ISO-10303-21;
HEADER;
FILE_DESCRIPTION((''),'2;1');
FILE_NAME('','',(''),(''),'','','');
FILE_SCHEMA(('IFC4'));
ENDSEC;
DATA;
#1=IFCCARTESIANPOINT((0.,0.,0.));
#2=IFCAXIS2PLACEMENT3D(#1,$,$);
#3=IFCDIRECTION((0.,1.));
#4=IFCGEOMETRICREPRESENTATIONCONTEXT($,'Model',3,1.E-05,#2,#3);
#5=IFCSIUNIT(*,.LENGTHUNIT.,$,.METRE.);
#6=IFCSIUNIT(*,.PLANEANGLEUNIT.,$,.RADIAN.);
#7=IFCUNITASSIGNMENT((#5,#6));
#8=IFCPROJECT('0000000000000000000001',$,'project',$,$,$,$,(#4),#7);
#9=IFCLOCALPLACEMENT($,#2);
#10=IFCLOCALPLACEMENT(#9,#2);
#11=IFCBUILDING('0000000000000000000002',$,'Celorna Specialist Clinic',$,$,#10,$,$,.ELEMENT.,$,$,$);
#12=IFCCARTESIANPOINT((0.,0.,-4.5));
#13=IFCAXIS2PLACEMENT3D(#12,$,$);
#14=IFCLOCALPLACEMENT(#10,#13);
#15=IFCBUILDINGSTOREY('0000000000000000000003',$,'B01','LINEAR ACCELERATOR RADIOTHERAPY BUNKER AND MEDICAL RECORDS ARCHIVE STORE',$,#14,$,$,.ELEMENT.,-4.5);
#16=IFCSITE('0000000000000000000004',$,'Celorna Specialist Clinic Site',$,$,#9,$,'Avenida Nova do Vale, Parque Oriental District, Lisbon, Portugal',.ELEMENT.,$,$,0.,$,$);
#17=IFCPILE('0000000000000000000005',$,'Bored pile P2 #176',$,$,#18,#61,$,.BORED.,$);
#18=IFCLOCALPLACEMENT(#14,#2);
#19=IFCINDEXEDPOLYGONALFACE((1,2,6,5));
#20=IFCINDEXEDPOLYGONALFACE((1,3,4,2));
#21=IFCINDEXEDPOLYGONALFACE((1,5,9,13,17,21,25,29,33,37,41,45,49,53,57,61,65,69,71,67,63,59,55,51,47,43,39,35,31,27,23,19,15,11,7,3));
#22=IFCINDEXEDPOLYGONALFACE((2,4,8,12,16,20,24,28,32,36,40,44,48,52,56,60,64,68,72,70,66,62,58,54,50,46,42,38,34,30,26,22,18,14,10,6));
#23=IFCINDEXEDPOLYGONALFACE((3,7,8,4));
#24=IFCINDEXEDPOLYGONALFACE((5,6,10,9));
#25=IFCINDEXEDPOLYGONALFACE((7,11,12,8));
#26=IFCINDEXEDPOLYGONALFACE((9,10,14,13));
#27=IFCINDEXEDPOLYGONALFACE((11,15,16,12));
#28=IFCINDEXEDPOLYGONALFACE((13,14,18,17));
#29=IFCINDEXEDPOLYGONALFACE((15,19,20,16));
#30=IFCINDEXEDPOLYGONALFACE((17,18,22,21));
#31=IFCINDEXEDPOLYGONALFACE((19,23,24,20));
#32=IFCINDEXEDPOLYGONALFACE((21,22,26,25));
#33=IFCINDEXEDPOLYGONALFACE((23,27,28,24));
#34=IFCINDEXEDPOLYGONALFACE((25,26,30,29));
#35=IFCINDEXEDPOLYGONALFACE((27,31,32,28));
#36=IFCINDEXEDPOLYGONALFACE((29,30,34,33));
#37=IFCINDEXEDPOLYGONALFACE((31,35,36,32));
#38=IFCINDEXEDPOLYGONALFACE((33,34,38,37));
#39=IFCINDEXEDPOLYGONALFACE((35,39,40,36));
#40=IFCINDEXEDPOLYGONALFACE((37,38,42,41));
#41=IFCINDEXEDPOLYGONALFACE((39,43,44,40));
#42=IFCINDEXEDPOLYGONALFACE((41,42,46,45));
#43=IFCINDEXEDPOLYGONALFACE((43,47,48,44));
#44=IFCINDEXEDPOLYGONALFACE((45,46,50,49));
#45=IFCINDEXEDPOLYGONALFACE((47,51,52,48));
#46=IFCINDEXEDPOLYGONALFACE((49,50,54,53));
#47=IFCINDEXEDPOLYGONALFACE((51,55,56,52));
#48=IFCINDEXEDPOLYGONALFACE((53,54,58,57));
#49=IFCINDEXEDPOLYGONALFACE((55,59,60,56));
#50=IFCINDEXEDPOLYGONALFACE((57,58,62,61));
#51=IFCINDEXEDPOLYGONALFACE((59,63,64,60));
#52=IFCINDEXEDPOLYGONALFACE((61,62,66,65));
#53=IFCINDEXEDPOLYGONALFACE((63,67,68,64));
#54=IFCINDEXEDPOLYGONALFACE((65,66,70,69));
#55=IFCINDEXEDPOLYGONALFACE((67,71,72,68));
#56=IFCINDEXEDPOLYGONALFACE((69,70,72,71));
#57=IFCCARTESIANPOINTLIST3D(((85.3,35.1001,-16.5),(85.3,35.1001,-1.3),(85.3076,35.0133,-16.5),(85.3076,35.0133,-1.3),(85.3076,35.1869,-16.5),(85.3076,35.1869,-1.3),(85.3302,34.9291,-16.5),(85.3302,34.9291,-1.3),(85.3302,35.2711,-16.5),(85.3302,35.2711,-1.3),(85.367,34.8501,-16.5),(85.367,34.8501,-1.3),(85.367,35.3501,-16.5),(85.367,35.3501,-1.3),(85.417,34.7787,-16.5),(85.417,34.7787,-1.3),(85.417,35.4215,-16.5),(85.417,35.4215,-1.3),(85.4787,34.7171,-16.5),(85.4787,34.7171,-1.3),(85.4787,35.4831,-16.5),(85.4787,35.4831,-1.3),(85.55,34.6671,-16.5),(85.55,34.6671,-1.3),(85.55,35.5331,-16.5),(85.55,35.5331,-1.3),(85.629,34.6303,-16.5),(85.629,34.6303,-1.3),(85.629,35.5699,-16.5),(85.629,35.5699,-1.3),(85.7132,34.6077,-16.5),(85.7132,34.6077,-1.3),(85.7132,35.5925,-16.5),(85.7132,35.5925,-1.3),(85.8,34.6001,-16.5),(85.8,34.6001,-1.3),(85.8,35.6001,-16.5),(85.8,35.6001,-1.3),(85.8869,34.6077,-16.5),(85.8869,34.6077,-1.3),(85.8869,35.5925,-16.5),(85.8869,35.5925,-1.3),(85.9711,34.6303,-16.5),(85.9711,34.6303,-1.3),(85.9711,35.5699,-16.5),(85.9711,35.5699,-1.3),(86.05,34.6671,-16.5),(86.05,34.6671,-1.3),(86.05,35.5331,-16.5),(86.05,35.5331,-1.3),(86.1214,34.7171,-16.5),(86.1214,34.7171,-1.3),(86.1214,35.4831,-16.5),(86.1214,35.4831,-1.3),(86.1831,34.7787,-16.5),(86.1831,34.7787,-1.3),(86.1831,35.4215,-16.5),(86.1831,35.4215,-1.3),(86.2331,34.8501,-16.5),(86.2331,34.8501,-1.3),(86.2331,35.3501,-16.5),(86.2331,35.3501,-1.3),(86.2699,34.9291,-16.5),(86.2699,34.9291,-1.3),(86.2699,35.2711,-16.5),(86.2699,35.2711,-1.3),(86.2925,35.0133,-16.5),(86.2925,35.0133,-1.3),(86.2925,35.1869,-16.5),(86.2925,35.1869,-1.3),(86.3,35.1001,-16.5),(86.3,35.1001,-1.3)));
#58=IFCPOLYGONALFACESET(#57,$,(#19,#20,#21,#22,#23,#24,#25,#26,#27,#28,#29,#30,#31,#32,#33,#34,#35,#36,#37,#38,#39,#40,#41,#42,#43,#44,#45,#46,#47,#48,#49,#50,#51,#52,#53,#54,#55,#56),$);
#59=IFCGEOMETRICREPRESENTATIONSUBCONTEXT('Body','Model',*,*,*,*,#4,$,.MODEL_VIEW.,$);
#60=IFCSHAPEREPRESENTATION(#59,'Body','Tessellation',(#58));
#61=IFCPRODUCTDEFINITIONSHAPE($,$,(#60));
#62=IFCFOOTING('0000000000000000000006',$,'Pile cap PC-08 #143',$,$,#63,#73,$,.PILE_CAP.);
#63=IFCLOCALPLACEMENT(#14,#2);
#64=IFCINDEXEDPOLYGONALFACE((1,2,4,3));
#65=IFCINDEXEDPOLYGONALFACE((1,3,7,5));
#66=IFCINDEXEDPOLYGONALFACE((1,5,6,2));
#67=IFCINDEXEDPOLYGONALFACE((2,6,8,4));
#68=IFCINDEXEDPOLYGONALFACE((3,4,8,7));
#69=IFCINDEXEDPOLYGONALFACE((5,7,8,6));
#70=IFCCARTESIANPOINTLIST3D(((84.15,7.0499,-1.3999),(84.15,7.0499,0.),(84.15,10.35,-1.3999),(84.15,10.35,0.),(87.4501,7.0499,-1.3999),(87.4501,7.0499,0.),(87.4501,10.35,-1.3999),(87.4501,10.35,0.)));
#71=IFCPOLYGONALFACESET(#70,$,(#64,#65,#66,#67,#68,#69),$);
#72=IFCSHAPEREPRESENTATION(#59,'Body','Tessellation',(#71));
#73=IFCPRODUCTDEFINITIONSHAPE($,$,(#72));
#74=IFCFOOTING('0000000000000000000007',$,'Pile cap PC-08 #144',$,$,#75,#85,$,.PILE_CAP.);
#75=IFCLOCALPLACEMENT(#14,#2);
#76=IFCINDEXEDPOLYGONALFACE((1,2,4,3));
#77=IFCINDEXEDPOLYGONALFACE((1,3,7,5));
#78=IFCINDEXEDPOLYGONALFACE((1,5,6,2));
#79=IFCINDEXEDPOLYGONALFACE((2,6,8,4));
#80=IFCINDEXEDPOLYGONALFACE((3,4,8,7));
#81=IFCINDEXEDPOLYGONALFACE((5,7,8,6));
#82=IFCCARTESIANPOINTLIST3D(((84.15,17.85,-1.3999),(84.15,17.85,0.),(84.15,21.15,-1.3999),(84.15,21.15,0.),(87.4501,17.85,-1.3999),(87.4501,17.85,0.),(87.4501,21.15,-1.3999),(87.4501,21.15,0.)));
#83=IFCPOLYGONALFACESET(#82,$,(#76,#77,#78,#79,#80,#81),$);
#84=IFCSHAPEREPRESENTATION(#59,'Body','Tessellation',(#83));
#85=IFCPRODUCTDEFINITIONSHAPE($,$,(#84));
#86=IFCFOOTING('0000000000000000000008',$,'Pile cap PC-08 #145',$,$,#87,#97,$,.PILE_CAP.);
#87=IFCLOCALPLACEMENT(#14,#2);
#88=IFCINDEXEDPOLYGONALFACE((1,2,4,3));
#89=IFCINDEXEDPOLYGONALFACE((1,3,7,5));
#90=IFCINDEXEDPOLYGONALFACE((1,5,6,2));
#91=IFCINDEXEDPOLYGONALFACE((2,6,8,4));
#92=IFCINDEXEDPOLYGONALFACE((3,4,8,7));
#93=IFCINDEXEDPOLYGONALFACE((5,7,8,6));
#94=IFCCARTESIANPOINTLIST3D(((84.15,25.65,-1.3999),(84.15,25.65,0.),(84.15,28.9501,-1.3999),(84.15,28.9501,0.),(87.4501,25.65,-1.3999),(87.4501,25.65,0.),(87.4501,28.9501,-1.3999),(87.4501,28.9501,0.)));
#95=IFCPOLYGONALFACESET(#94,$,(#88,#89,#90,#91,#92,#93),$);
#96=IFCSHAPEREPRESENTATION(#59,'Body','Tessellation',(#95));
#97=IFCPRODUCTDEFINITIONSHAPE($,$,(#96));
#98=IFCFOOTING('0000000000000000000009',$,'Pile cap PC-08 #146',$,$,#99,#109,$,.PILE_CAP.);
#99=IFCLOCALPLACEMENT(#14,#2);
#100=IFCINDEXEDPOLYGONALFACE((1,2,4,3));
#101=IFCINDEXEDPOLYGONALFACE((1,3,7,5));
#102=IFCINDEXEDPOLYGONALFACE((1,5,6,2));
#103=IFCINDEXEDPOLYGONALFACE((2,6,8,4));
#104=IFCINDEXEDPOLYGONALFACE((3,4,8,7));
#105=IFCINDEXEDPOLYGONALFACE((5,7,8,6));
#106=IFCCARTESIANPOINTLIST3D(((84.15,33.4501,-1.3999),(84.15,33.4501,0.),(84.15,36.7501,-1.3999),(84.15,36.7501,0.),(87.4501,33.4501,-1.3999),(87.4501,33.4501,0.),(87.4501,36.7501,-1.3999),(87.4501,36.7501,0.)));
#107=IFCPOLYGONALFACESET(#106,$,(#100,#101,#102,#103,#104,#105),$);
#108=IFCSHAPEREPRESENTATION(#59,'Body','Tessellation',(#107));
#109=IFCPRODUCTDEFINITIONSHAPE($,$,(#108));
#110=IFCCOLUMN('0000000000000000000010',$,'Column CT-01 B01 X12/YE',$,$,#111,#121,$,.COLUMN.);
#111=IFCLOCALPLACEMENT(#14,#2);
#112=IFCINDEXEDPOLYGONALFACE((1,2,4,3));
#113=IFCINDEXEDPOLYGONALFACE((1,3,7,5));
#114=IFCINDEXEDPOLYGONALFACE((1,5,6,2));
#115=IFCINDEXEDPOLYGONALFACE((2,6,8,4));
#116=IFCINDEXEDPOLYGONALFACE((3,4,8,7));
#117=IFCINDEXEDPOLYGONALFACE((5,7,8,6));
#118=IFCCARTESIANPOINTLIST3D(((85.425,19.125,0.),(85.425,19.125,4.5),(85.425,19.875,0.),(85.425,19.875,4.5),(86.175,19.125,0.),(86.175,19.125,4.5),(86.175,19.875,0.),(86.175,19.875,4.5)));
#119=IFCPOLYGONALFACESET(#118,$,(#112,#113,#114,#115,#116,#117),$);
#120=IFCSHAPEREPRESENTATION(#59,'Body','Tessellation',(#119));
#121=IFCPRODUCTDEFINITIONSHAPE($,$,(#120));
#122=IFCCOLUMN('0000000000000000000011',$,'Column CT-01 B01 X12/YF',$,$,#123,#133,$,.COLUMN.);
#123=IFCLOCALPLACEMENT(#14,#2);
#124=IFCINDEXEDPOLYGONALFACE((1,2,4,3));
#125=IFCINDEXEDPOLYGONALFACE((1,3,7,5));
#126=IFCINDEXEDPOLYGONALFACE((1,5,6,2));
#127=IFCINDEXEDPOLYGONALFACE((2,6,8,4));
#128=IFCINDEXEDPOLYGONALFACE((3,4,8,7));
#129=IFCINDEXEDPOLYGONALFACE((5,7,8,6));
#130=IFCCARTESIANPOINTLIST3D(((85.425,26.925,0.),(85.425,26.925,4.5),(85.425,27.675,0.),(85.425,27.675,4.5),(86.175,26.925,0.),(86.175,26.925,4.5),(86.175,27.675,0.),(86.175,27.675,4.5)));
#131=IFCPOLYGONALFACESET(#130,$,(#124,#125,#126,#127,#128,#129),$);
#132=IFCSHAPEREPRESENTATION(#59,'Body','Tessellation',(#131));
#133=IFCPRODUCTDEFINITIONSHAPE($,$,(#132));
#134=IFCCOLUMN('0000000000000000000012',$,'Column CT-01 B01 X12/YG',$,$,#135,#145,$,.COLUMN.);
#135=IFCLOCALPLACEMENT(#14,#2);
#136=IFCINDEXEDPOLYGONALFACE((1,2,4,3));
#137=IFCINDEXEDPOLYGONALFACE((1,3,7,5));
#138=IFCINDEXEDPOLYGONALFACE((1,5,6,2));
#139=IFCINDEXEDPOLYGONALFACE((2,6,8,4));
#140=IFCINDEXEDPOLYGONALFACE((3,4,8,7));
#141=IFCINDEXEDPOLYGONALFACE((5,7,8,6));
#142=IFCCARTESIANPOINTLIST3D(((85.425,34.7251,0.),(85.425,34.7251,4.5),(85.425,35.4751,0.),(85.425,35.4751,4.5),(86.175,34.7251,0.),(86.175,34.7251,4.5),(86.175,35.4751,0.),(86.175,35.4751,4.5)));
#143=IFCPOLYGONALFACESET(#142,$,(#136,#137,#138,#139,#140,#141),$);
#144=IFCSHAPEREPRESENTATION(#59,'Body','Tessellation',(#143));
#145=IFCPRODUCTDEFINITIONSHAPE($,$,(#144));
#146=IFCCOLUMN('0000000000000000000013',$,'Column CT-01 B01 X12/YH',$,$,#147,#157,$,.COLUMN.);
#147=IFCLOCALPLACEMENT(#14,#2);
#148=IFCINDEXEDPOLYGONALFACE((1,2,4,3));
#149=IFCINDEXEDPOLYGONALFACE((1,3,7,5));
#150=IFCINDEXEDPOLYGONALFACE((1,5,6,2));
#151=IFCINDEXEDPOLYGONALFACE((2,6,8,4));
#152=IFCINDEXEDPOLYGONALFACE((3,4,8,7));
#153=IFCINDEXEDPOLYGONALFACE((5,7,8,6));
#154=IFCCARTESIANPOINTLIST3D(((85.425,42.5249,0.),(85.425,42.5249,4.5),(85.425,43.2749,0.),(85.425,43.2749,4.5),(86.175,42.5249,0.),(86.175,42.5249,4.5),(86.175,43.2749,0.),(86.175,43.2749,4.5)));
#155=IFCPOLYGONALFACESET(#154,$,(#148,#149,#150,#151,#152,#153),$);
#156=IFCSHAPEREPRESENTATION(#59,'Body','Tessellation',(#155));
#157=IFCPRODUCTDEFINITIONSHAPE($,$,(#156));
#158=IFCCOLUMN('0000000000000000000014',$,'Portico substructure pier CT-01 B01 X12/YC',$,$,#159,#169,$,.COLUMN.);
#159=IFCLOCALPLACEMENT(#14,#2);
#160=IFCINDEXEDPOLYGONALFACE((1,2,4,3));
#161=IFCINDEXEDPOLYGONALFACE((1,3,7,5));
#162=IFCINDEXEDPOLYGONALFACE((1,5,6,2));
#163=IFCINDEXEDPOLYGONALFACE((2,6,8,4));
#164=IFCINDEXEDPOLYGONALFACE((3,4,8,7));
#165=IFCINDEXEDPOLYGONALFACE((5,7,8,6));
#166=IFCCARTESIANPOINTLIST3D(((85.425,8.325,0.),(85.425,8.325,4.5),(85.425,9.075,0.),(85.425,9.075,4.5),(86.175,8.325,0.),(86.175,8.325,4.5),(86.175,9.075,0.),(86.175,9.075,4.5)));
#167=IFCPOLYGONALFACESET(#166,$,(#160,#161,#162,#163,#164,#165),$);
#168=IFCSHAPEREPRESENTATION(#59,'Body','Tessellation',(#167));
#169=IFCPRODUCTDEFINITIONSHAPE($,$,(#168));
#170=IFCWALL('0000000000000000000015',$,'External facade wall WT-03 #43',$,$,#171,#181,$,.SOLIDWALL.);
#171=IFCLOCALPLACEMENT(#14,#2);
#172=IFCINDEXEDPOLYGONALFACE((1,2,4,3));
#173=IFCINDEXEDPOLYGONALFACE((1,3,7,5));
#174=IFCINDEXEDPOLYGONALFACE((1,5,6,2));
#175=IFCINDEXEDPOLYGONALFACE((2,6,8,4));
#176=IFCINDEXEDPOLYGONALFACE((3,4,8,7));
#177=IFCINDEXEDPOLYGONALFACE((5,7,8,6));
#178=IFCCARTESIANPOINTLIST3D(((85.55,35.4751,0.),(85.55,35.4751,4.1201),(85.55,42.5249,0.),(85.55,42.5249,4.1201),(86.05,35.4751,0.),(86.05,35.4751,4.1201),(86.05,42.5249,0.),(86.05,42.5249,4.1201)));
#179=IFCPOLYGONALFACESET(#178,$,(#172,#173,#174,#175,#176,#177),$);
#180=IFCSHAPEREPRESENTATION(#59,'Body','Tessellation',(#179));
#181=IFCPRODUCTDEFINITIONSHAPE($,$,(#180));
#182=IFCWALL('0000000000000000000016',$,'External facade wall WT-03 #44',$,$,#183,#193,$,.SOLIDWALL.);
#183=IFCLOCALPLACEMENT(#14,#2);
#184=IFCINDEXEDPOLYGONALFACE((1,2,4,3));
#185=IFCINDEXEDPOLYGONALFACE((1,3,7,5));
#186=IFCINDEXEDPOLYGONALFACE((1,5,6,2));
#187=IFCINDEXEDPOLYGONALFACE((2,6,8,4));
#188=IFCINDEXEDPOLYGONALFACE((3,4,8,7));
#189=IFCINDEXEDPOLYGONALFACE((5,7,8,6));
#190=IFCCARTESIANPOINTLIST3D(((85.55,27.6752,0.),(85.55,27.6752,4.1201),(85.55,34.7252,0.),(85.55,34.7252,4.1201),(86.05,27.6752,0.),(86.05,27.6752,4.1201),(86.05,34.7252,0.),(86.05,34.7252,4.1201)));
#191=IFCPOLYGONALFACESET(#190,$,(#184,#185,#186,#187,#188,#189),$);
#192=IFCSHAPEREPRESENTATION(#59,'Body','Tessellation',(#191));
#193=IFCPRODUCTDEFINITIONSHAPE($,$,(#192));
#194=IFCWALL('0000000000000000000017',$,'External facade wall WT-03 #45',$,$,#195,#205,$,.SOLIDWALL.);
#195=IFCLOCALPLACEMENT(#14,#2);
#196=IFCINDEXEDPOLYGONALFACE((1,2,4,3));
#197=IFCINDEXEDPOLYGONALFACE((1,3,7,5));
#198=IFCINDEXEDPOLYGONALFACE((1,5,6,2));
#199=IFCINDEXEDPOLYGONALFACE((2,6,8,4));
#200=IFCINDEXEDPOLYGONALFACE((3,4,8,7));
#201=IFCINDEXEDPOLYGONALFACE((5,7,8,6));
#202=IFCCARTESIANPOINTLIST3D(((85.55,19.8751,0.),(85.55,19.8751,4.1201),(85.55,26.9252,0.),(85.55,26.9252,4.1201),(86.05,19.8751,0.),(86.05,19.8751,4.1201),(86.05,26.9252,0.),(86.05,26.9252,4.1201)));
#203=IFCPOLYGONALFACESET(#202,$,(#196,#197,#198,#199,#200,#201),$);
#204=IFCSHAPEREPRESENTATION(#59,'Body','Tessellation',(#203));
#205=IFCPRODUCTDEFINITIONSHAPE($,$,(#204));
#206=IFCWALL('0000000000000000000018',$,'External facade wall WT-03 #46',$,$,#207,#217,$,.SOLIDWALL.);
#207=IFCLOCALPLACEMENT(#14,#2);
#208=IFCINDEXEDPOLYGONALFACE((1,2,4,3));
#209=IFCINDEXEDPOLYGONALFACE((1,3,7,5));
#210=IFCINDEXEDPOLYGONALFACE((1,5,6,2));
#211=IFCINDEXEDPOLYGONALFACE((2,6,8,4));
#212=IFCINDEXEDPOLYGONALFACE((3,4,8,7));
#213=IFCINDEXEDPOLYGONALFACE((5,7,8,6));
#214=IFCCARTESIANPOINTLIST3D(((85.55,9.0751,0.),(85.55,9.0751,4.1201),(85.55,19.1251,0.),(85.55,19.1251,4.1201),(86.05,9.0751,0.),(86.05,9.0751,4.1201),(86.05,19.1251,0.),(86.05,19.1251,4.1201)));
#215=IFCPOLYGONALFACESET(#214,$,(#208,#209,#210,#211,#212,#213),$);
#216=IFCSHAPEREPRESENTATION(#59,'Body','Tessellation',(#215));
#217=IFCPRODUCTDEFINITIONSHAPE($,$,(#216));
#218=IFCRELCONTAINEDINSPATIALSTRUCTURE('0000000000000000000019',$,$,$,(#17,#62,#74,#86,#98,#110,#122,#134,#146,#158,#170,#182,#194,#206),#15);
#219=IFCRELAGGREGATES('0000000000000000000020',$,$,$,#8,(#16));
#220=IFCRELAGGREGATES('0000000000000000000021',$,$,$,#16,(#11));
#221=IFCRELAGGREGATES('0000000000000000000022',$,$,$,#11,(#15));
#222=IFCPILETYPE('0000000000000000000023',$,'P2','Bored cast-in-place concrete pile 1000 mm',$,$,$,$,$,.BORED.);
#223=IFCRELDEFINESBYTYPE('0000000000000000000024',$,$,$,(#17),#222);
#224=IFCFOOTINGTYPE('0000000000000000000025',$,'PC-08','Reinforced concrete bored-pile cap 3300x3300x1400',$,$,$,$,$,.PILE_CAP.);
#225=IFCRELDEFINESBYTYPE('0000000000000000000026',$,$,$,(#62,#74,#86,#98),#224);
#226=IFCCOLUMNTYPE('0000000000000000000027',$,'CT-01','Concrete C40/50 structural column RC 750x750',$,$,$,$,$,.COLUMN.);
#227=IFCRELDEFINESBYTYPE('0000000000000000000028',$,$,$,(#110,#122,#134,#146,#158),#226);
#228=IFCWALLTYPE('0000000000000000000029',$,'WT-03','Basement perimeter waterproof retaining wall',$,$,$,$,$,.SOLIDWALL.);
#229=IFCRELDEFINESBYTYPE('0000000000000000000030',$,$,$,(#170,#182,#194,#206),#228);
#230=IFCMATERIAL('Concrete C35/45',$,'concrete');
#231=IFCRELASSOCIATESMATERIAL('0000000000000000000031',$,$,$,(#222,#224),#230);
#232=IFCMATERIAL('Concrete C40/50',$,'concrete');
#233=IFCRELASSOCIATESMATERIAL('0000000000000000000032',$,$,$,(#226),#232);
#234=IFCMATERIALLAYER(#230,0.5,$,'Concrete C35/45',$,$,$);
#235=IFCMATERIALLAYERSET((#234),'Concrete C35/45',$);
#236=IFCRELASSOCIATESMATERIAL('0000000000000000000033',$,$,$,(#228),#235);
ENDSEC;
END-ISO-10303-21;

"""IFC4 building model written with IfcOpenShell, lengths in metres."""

from ifc_helpers import new_model, si_unit, direction, frame, frame_2d, origin, origin_2d, place, context, subcontext, project, spatial, rectangle, circle, extrude, material, layer, layer_set, material_profile, profile_set, type_object, element, save


model = new_model("IFC4")

# Units and contexts
model_context = context("Model", 3, precision=1e-05, world=origin(), true_north=direction((0.0, 1.0)))
body_context = subcontext(model_context, "Body", "Model", "MODEL_VIEW")
ifc_project = project(units=[si_unit("LENGTHUNIT", "METRE"), si_unit("PLANEANGLEUNIT", "RADIAN")], contexts=[model_context])

# Site, building, storey
site_placement = place(None, origin())
site = spatial("IfcSite", under=ifc_project, at=site_placement, Name="Celorna Specialist Clinic Site", LongName="Avenida Nova do Vale, Parque Oriental District, Lisbon, Portugal", CompositionType="ELEMENT", RefElevation=0.0)
building_placement = place(site_placement, origin())
building = spatial("IfcBuilding", under=site, at=building_placement, Name="Celorna Specialist Clinic", CompositionType="ELEMENT")
storey_placement = place(building_placement, frame((0.0, 0.0, -4.5)))
storey = spatial("IfcBuildingStorey", under=building, at=storey_placement, Name="B01", Description="LINEAR ACCELERATOR RADIOTHERAPY BUNKER AND MEDICAL RECORDS ARCHIVE STORE", CompositionType="ELEMENT", Elevation=-4.5)

# Shared definitions
ifc_material_1 = material(Name="Concrete C35/45", Category="concrete")

# Pile
ifc_material_profile_1 = material_profile(ifc_material_1, circle(Radius=0.5, at=origin_2d()), Name="BORED PILE 1000")
ifc_profile_set_1 = profile_set([ifc_material_profile_1], Name="Concrete C35/45")
pile_type = type_object("IfcPileType", Name="P2", Description="Bored cast-in-place concrete pile 1000 mm", PredefinedType="BORED", material=ifc_profile_set_1)
for number, where, z_axis, x_axis, name in (
    (1, (85.8, 35.1001, -1.3), (0.0, 0.0, -1.0), (1.0, 0.0, 0.0), "Bored pile P2 #176"),
):
    element("IfcPile", number, at=place(storey_placement, frame(where, z_axis=z_axis, x_axis=x_axis)), inside=storey, type_object=pile_type, Name=name, PredefinedType="BORED", context=body_context, shape_type="SweptSolid", body=[
        extrude(circle(Radius=0.5, at=origin_2d()), origin(), (0.0, 0.0, 1.0), 15.2),
    ])

# Footings
footing_type_1 = type_object("IfcFootingType", Name="PC-08", Description="Reinforced concrete bored-pile cap 3300x3300x1400", PredefinedType="PILE_CAP", material=ifc_material_1)
for number, where, z_axis, x_axis, name in (
    (2, (85.8, 8.7, -1.3999), (0.0, 0.0, 1.0), (1.0, 0.0, 0.0), "Pile cap PC-08 #143"),
    (3, (85.8, 19.5, -1.3999), (0.0, 0.0, 1.0), (1.0, 0.0, 0.0), "Pile cap PC-08 #144"),
    (4, (85.8, 27.3, -1.3999), (0.0, 0.0, 1.0), (1.0, 0.0, 0.0), "Pile cap PC-08 #145"),
    (5, (85.8, 35.1001, -1.3999), (0.0, 0.0, 1.0), (1.0, 0.0, 0.0), "Pile cap PC-08 #146"),
):
    element("IfcFooting", number, at=place(storey_placement, frame(where, z_axis=z_axis, x_axis=x_axis)), inside=storey, type_object=footing_type_1, Name=name, PredefinedType="PILE_CAP", context=body_context, shape_type="SweptSolid", body=[
        extrude(rectangle(XDim=3.3, YDim=3.3, at=origin_2d()), origin(), (0.0, 0.0, 1.0), 1.3999),
    ])

# Columns
ifc_material_2 = material(Name="Concrete C40/50", Category="concrete")
ifc_material_profile_2 = material_profile(ifc_material_2, rectangle(XDim=0.75, YDim=0.75, at=origin_2d()), Name="RC 750x750")
ifc_profile_set_2 = profile_set([ifc_material_profile_2], Name="Concrete C40/50")
column_type = type_object("IfcColumnType", Name="CT-01", Description="Concrete C40/50 structural column RC 750x750", PredefinedType="COLUMN", material=ifc_profile_set_2)
for number, where, z_axis, x_axis, name in (
    (6, (85.8, 19.5, 0.0), (0.0, 0.0, 1.0), (1.0, 0.0, 0.0), "Column CT-01 B01 X12/YE"),
    (7, (85.8, 27.3, 0.0), (0.0, 0.0, 1.0), (1.0, 0.0, 0.0), "Column CT-01 B01 X12/YF"),
    (8, (85.8, 35.1001, 0.0), (0.0, 0.0, 1.0), (1.0, 0.0, 0.0), "Column CT-01 B01 X12/YG"),
    (9, (85.8, 42.8999, 0.0), (0.0, 0.0, 1.0), (1.0, 0.0, 0.0), "Column CT-01 B01 X12/YH"),
    (10, (85.8, 8.7, 0.0), (0.0, 0.0, 1.0), (1.0, 0.0, 0.0), "Portico substructure pier CT-01 B01 X12/YC"),
):
    element("IfcColumn", number, at=place(storey_placement, frame(where, z_axis=z_axis, x_axis=x_axis)), inside=storey, type_object=column_type, Name=name, PredefinedType="COLUMN", context=body_context, shape_type="SweptSolid", body=[
        extrude(rectangle(XDim=0.75, YDim=0.75, at=origin_2d()), origin(), (0.0, 0.0, 1.0), 4.5),
    ])

# Walls
ifc_layer_1 = layer(ifc_material_1, 0.5, Name="Concrete C35/45")
ifc_layer_set_1 = layer_set([ifc_layer_1], Name="Concrete C35/45")
wall_type_1 = type_object("IfcWallType", Name="WT-03", Description="Basement perimeter waterproof retaining wall", PredefinedType="SOLIDWALL", material=ifc_layer_set_1)
wall_1_placement = place(storey_placement, frame((85.8, 42.5249, 0.0), z_axis=(0.0, 0.0, 1.0), x_axis=(0.0, -1.0, 0.0)))
element("IfcWall", 11, at=wall_1_placement, inside=storey, type_object=wall_type_1, Name="External facade wall WT-03 #43", PredefinedType="SOLIDWALL", context=body_context, shape_type="SweptSolid", body=[
    extrude(rectangle(XDim=7.0498, YDim=0.5, at=frame_2d((3.5249, 0.0))), origin(), (0.0, 0.0, 1.0), 4.1201),
])
for number, where, z_axis, x_axis, name in (
    (12, (85.8, 34.7251, 0.0), (0.0, 0.0, 1.0), (0.0, -1.0, 0.0), "External facade wall WT-03 #44"),
    (13, (85.8, 26.925, 0.0), (0.0, 0.0, 1.0), (0.0, -1.0, 0.0), "External facade wall WT-03 #45"),
):
    element("IfcWall", number, at=place(storey_placement, frame(where, z_axis=z_axis, x_axis=x_axis)), inside=storey, type_object=wall_type_1, Name=name, PredefinedType="SOLIDWALL", context=body_context, shape_type="SweptSolid", body=[
        extrude(rectangle(XDim=7.05, YDim=0.5, at=frame_2d((3.5249, 0.0))), origin(), (0.0, 0.0, 1.0), 4.1201),
    ])
wall_2_placement = place(storey_placement, frame((85.8, 19.125, 0.0), z_axis=(0.0, 0.0, 1.0), x_axis=(0.0, -1.0, 0.0)))
element("IfcWall", 14, at=wall_2_placement, inside=storey, type_object=wall_type_1, Name="External facade wall WT-03 #46", PredefinedType="SOLIDWALL", context=body_context, shape_type="SweptSolid", body=[
    extrude(rectangle(XDim=10.05, YDim=0.5, at=frame_2d((5.0249, 0.0))), origin(), (0.0, 0.0, 1.0), 4.1201),
])

save(model, "model.ifc")
